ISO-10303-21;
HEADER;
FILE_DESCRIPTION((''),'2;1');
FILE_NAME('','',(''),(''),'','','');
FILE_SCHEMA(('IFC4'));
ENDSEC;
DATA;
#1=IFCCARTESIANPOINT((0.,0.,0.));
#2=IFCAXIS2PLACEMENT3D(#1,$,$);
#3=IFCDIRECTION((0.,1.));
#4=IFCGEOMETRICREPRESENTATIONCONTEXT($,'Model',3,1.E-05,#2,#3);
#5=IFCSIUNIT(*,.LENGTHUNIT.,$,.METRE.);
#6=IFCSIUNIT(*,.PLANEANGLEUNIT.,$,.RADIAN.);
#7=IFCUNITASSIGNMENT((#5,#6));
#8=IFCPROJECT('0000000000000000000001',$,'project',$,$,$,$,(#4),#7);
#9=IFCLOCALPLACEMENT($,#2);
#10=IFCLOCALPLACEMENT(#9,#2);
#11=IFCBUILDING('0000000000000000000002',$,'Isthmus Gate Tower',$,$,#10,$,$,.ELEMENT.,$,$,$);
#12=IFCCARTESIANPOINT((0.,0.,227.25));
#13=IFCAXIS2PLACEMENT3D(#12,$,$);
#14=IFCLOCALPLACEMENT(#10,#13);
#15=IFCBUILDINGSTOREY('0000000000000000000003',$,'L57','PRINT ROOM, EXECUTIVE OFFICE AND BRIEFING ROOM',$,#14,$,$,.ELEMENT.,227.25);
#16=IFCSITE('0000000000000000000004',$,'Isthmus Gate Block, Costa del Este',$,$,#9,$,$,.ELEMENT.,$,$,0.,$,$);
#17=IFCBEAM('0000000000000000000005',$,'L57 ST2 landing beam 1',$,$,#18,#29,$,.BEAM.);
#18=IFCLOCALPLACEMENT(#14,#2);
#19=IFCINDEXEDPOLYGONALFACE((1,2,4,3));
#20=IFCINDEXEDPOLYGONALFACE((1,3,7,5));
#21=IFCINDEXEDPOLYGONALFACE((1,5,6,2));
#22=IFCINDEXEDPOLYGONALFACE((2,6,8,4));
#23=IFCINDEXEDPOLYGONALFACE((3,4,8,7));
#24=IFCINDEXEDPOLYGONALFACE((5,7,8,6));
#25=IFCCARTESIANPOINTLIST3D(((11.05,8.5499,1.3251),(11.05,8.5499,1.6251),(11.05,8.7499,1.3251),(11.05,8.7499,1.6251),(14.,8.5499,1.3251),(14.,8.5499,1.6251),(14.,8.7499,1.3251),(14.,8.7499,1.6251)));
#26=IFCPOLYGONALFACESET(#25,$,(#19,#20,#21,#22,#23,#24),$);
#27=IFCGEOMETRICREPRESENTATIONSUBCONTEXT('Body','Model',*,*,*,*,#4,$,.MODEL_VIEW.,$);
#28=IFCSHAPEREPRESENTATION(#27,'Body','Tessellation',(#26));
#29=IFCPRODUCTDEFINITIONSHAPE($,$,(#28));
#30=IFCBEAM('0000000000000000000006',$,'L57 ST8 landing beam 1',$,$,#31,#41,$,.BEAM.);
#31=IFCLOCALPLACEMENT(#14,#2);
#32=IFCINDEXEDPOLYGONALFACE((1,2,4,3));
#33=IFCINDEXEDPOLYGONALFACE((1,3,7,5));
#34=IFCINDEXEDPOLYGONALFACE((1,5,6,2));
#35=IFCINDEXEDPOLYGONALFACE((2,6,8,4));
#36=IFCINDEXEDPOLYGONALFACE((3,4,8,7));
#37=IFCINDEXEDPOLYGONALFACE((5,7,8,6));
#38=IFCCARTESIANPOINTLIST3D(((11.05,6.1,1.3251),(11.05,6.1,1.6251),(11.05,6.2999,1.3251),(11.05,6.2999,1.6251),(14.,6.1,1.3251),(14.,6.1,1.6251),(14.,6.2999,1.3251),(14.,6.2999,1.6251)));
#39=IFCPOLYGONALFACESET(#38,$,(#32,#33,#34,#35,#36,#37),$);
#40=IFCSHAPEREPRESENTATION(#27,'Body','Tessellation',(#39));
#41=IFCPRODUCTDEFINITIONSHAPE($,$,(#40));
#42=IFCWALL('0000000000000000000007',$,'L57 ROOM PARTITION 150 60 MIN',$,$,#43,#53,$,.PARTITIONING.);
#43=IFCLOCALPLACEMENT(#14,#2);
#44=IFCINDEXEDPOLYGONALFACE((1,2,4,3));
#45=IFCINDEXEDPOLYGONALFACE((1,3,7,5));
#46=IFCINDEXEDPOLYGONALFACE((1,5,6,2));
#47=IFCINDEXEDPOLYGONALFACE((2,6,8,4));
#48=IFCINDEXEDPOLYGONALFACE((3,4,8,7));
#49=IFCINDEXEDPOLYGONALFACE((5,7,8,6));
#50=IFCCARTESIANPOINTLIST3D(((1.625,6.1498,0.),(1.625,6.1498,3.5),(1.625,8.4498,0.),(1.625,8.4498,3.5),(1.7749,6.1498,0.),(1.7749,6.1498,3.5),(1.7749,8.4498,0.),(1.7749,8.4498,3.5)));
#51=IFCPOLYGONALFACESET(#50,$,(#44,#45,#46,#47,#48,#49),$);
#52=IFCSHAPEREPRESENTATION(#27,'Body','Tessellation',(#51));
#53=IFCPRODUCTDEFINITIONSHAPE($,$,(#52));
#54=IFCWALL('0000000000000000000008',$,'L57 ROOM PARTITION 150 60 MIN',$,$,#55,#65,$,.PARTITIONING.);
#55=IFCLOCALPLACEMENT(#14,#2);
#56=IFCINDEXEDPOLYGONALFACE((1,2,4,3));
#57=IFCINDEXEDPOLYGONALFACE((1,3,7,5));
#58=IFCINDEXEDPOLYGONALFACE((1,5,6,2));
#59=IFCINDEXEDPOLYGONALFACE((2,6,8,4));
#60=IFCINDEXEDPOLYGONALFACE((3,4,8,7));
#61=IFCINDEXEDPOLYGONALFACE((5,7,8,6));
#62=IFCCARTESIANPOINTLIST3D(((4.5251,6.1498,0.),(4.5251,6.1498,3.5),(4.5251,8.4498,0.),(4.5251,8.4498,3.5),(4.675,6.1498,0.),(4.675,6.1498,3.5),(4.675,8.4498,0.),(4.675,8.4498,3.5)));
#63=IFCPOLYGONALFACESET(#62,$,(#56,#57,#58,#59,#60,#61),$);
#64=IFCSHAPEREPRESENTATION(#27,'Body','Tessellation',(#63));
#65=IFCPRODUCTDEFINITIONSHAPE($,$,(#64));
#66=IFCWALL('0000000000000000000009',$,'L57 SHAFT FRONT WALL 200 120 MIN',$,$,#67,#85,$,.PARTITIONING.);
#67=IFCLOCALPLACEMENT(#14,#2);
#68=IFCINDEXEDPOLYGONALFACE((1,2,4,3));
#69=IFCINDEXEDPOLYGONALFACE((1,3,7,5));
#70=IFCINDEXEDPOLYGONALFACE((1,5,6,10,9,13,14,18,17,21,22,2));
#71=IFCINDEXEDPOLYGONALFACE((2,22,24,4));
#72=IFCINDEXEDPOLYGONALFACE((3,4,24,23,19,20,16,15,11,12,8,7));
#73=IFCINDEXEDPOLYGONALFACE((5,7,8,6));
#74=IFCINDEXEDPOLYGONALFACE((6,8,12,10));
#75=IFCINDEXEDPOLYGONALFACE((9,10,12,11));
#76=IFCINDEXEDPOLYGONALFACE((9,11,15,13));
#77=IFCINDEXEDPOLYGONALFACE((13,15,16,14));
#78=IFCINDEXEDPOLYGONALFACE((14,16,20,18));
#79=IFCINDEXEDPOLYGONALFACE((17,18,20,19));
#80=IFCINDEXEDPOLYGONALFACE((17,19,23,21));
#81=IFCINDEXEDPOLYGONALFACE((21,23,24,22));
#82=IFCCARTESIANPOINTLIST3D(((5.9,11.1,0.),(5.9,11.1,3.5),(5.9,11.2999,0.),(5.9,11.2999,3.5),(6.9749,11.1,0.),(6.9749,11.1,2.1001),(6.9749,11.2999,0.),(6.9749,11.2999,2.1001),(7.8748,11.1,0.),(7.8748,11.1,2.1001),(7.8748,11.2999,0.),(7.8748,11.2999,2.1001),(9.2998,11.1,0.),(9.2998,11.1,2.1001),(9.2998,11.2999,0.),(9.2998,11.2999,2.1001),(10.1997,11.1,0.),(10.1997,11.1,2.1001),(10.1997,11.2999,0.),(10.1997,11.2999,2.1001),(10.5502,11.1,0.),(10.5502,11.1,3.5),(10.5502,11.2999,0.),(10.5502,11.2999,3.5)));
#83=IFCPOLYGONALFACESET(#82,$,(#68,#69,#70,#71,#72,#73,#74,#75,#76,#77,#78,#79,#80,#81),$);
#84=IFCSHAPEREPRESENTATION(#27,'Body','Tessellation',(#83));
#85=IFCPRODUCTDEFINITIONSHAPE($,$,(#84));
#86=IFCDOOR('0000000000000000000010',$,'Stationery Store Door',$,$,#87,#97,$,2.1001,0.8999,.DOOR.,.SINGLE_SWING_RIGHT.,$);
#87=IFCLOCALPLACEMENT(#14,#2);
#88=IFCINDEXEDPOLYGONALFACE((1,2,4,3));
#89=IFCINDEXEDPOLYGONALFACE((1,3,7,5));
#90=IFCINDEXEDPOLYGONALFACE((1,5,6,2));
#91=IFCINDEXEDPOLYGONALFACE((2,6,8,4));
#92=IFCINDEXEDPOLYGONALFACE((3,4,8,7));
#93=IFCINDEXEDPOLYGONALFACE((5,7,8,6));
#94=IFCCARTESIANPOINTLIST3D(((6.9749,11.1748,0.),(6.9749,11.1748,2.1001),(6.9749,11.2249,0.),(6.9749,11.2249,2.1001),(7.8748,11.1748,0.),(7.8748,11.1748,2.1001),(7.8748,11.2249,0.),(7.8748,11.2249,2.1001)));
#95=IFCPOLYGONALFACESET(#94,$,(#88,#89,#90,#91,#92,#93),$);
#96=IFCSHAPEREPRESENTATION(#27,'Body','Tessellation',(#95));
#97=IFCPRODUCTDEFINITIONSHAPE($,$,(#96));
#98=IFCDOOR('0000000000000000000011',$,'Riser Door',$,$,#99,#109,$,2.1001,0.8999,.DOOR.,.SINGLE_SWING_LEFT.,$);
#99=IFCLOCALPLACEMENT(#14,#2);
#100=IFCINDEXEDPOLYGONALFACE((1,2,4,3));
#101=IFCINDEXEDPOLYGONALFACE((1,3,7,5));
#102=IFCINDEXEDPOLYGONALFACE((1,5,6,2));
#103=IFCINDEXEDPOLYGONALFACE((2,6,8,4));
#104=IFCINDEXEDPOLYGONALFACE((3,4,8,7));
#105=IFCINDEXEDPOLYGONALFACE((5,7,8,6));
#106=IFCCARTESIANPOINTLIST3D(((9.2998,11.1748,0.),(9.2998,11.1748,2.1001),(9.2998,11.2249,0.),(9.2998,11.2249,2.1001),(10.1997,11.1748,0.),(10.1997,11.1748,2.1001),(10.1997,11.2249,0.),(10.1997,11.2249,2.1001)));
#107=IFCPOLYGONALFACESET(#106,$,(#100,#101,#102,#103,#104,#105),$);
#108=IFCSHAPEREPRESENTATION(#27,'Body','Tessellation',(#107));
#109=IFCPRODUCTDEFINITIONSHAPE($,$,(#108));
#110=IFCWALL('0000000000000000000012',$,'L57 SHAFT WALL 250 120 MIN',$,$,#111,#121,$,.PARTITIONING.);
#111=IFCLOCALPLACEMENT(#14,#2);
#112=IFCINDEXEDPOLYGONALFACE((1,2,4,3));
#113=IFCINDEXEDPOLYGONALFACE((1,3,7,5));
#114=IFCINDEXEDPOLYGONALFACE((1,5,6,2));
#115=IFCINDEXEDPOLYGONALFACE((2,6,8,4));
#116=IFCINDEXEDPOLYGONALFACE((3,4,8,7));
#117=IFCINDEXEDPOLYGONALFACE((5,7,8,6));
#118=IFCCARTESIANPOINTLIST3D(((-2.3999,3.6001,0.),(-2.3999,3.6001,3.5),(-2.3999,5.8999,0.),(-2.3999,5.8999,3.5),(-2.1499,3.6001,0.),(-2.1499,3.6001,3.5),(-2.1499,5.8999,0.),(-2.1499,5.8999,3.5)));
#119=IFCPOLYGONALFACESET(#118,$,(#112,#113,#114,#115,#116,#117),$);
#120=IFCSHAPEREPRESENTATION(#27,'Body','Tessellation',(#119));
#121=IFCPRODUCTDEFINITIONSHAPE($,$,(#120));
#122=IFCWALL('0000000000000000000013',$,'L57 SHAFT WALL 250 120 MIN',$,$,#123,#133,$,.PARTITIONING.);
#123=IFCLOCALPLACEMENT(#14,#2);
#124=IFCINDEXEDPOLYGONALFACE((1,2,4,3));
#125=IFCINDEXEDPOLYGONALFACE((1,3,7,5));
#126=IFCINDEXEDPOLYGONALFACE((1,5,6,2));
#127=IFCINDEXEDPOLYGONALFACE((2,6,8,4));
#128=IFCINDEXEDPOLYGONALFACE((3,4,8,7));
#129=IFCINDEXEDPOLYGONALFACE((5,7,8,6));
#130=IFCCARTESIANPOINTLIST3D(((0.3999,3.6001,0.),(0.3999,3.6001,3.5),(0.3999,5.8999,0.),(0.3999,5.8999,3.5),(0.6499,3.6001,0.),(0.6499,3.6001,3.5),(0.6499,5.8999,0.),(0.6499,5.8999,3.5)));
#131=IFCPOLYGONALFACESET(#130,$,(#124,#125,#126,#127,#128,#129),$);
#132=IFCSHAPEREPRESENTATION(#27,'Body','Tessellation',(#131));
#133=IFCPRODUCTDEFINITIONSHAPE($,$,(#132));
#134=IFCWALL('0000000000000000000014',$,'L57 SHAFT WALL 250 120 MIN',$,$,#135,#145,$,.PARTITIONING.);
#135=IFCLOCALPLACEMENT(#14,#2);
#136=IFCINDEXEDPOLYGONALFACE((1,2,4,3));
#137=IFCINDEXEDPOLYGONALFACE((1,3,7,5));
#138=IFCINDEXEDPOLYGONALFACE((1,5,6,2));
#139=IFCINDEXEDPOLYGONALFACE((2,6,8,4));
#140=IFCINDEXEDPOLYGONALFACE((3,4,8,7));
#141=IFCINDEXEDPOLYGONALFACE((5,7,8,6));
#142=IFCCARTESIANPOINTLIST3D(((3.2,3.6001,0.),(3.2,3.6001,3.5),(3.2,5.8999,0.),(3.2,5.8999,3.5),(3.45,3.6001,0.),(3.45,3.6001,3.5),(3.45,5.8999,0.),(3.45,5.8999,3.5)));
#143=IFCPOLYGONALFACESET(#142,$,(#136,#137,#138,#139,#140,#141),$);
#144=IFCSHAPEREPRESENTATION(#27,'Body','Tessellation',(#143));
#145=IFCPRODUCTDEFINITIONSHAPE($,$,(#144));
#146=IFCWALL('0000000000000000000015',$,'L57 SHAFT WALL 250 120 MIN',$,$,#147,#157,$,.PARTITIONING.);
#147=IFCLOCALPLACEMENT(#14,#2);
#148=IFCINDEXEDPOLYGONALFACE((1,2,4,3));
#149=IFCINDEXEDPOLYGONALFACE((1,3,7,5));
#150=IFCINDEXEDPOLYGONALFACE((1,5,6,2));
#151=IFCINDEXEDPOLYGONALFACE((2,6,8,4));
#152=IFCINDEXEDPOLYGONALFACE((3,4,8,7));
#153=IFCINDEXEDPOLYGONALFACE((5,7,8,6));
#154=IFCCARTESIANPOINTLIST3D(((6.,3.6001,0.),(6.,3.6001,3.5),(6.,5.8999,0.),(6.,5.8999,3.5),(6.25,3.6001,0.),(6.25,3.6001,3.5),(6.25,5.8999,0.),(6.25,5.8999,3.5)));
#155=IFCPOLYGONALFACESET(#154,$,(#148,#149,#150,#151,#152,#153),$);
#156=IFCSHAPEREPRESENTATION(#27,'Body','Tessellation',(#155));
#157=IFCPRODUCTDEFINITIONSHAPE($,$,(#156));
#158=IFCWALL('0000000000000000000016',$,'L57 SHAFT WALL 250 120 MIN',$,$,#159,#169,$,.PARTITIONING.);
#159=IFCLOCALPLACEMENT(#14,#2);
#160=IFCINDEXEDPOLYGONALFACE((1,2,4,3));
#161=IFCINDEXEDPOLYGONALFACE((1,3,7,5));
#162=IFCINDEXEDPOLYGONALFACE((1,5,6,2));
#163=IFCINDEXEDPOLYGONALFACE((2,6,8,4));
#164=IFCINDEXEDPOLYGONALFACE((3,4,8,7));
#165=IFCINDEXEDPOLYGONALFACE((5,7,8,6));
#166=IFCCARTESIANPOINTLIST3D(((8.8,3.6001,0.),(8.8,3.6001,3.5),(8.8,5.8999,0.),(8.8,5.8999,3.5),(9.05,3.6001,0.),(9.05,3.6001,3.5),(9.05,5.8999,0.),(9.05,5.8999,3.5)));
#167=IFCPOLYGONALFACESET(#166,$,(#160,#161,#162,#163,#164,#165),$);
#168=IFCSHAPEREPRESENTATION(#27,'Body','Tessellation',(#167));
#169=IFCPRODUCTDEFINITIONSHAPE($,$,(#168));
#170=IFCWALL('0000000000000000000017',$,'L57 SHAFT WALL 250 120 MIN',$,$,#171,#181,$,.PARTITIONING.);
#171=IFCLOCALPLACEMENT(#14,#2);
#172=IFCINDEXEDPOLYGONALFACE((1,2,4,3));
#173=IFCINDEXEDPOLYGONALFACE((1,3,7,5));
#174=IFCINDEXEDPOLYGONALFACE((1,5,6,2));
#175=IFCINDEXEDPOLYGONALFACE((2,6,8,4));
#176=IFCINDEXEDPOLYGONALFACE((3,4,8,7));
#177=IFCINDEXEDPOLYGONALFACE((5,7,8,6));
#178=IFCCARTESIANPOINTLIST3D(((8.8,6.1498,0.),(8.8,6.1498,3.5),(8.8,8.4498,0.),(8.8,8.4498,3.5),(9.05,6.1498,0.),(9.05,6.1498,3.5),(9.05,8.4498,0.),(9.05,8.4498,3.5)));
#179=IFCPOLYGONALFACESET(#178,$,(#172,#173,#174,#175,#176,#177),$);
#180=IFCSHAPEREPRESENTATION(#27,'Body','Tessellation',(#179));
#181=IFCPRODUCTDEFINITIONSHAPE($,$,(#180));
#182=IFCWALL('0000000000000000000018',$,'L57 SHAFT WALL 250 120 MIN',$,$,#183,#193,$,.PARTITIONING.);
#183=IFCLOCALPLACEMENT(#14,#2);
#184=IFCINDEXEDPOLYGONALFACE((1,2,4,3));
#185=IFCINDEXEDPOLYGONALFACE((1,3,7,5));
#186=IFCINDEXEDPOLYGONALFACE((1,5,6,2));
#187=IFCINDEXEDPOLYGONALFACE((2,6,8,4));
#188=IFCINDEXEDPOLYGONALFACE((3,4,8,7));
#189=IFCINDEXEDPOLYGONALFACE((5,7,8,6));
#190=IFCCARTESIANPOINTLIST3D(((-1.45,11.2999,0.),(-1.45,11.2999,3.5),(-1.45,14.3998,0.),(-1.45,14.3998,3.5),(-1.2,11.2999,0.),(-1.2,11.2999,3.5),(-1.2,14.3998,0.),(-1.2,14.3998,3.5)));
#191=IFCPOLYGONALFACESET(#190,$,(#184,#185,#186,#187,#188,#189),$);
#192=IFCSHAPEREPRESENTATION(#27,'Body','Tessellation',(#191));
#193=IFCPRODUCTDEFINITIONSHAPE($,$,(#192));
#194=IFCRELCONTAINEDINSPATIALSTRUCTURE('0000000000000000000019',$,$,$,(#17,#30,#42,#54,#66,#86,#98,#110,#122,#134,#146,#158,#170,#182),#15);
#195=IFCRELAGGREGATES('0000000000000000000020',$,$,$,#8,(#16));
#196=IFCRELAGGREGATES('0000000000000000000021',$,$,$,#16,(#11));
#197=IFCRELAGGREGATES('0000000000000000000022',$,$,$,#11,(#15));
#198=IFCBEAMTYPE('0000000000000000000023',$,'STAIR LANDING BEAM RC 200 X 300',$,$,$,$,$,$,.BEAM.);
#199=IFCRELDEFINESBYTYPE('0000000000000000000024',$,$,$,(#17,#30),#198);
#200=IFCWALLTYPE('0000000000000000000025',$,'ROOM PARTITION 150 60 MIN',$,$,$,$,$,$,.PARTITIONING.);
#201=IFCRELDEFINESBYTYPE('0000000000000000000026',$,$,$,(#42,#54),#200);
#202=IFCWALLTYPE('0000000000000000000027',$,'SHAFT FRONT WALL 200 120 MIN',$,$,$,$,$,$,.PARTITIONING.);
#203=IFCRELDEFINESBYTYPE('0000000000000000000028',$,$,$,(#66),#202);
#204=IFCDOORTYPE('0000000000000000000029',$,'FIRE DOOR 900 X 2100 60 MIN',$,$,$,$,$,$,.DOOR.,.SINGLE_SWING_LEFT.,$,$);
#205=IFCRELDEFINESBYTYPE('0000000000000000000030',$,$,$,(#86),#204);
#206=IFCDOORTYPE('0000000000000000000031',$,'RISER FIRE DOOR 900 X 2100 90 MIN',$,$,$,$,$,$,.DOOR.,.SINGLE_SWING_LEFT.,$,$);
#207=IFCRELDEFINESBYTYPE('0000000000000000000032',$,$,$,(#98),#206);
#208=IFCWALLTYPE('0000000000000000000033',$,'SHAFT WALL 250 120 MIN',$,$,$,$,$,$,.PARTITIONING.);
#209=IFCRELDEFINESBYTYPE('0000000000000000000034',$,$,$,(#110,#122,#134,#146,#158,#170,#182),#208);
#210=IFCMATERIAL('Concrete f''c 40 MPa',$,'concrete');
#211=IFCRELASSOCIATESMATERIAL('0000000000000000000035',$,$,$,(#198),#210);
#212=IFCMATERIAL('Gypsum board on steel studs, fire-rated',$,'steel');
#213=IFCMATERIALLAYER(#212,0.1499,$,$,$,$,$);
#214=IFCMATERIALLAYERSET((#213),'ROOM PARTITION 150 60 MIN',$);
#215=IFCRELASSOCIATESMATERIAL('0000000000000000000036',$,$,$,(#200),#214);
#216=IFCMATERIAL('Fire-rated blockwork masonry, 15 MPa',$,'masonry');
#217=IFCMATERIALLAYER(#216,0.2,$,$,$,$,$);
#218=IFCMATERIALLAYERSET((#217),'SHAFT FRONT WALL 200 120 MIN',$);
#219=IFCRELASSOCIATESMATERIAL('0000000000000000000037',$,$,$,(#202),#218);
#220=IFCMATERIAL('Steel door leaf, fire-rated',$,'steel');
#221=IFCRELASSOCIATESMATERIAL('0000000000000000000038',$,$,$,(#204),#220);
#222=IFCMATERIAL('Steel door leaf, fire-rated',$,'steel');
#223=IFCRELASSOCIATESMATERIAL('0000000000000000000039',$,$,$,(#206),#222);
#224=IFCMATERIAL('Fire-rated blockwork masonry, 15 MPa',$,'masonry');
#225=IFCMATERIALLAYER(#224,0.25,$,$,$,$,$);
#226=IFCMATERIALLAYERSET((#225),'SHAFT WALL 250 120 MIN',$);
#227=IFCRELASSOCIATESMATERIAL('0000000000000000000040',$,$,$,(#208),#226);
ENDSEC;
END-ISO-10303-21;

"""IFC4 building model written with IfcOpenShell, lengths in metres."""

from ifc_helpers import new_model, si_unit, direction, frame, frame_2d, origin, origin_2d, place, context, subcontext, project, spatial, rectangle, extrude, material, layer, layer_set, material_profile, profile_set, type_object, element, fill, save


model = new_model("IFC4")

# Units and contexts
model_context = context("Model", 3, precision=1e-05, world=origin(), true_north=direction((0.0, 1.0)))
body_context = subcontext(model_context, "Body", "Model", "MODEL_VIEW")
ifc_project = project(units=[si_unit("LENGTHUNIT", "METRE"), si_unit("PLANEANGLEUNIT", "RADIAN")], contexts=[model_context])

# Site, building, storey
site_placement = place(None, origin())
site = spatial("IfcSite", under=ifc_project, at=site_placement, Name="Isthmus Gate Block, Costa del Este", CompositionType="ELEMENT", RefElevation=0.0)
building_placement = place(site_placement, origin())
building = spatial("IfcBuilding", under=site, at=building_placement, Name="Isthmus Gate Tower", CompositionType="ELEMENT")
storey_placement = place(building_placement, frame((0.0, 0.0, 227.25)))
storey = spatial("IfcBuildingStorey", under=building, at=storey_placement, Name="L57", Description="PRINT ROOM, EXECUTIVE OFFICE AND BRIEFING ROOM", CompositionType="ELEMENT", Elevation=227.25)

# Beams
ifc_material_1 = material(Name="Concrete f'c 40 MPa", Category="concrete")
ifc_material_profile = material_profile(ifc_material_1, rectangle(XDim=0.2, YDim=0.3, at=origin_2d()), Name="STAIR LANDING BEAM RC 200 X 300")
ifc_profile_set = profile_set([ifc_material_profile], Name="Concrete f'c 40 MPa")
beam_type = type_object("IfcBeamType", Name="STAIR LANDING BEAM RC 200 X 300", PredefinedType="BEAM", material=ifc_profile_set)
for number, where, z_axis, x_axis, name in (
    (1, (11.05, 8.6499, 1.4751), (1.0, 0.0, 0.0), (0.0, 1.0, 0.0), "L57 ST2 landing beam 1"),
    (2, (11.05, 6.2, 1.4751), (1.0, 0.0, 0.0), (0.0, 1.0, 0.0), "L57 ST8 landing beam 1"),
):
    element("IfcBeam", number, at=place(storey_placement, frame(where, z_axis=z_axis, x_axis=x_axis)), inside=storey, type_object=beam_type, Name=name, PredefinedType="BEAM", context=body_context, shape_type="SweptSolid", body=[
        extrude(rectangle(XDim=0.2, YDim=0.3, at=origin_2d()), origin(), (0.0, 0.0, 1.0), 2.95),
    ])

# Walls
ifc_material_2 = material(Name="Gypsum board on steel studs, fire-rated", Category="steel")
ifc_layer_1 = layer(ifc_material_2, 0.1499)
ifc_layer_set_1 = layer_set([ifc_layer_1], Name="ROOM PARTITION 150 60 MIN")
wall_type_1 = type_object("IfcWallType", Name="ROOM PARTITION 150 60 MIN", PredefinedType="PARTITIONING", material=ifc_layer_set_1)
for number, where, z_axis, x_axis, name in (
    (3, (1.7, 6.1499, 0.0), (0.0, 0.0, 1.0), (0.0, 1.0, 0.0), "L57 ROOM PARTITION 150 60 MIN"),
    (4, (4.6001, 6.1499, 0.0), (0.0, 0.0, 1.0), (0.0, 1.0, 0.0), "L57 ROOM PARTITION 150 60 MIN"),
):
    element("IfcWall", number, at=place(storey_placement, frame(where, z_axis=z_axis, x_axis=x_axis)), inside=storey, type_object=wall_type_1, Name=name, PredefinedType="PARTITIONING", context=body_context, shape_type="SweptSolid", body=[
        extrude(rectangle(XDim=2.3, YDim=0.1499, at=frame_2d((1.1499, 0.0))), origin(), (0.0, 0.0, 1.0), 3.5),
    ])

# Wall, openings, doors
ifc_material_3 = material(Name="Fire-rated blockwork masonry, 15 MPa", Category="masonry")
ifc_layer_2 = layer(ifc_material_3, 0.2)
ifc_layer_set_2 = layer_set([ifc_layer_2], Name="SHAFT FRONT WALL 200 120 MIN")
wall_type_2 = type_object("IfcWallType", Name="SHAFT FRONT WALL 200 120 MIN", PredefinedType="PARTITIONING", material=ifc_layer_set_2)
wall_1_placement = place(storey_placement, frame((5.8999, 11.2, 0.0), z_axis=(0.0, 0.0, 1.0), x_axis=(1.0, 0.0, 0.0)))
wall_1 = element("IfcWall", 5, at=wall_1_placement, inside=storey, type_object=wall_type_2, Name="L57 SHAFT FRONT WALL 200 120 MIN", PredefinedType="PARTITIONING", context=body_context, shape_type="SweptSolid", body=[
    extrude(rectangle(XDim=4.6501, YDim=0.2, at=frame_2d((2.3252, 0.0))), origin(), (0.0, 0.0, 1.0), 3.5),
])
opening_1_placement = place(wall_1_placement, frame((1.075, 0.0, 0.0)))
opening_1 = element("IfcOpeningElement", 6, at=opening_1_placement, cuts=wall_1, PredefinedType="OPENING", context=body_context, shape_type="SweptSolid", body=[
    extrude(rectangle(XDim=0.8999, YDim=2.1001, at=frame_2d((0.45, 1.05))), frame((0.0, 0.1099, 0.0), z_axis=(0.0, -1.0, 0.0), x_axis=(1.0, 0.0, 0.0)), (0.0, 0.0, 1.0), 0.22),
])
opening_2_placement = place(wall_1_placement, frame((3.3999, 0.0, 0.0)))
opening_2 = element("IfcOpeningElement", 7, at=opening_2_placement, cuts=wall_1, PredefinedType="OPENING", context=body_context, shape_type="SweptSolid", body=[
    extrude(rectangle(XDim=0.8999, YDim=2.1001, at=frame_2d((0.45, 1.05))), frame((0.0, 0.1099, 0.0), z_axis=(0.0, -1.0, 0.0), x_axis=(1.0, 0.0, 0.0)), (0.0, 0.0, 1.0), 0.22),
])
ifc_material_4 = material(Name="Steel door leaf, fire-rated", Category="steel")
door_type_1 = type_object("IfcDoorType", Name="FIRE DOOR 900 X 2100 60 MIN", OperationType="SINGLE_SWING_LEFT", PredefinedType="DOOR", material=ifc_material_4)
door_1_placement = place(opening_1_placement, origin())
door_1 = element("IfcDoor", 8, at=door_1_placement, inside=storey, type_object=door_type_1, Name="Stationery Store Door", OperationType="SINGLE_SWING_RIGHT", OverallHeight=2.1001, OverallWidth=0.8999, PredefinedType="DOOR", context=body_context, shape_type="SweptSolid", body=[
    extrude(rectangle(XDim=0.8999, YDim=2.1001, at=frame_2d((0.45, 1.05))), frame((0.0, 0.0249, 0.0), z_axis=(0.0, -1.0, 0.0), x_axis=(1.0, 0.0, 0.0)), (0.0, 0.0, 1.0), 0.05),
])
fill(opening_1, door_1)
ifc_material_5 = material(Name="Steel door leaf, fire-rated", Category="steel")
door_type_2 = type_object("IfcDoorType", Name="RISER FIRE DOOR 900 X 2100 90 MIN", OperationType="SINGLE_SWING_LEFT", PredefinedType="DOOR", material=ifc_material_5)
door_2_placement = place(opening_2_placement, origin())
door_2 = element("IfcDoor", 9, at=door_2_placement, inside=storey, type_object=door_type_2, Name="Riser Door", OperationType="SINGLE_SWING_LEFT", OverallHeight=2.1001, OverallWidth=0.8999, PredefinedType="DOOR", context=body_context, shape_type="SweptSolid", body=[
    extrude(rectangle(XDim=0.8999, YDim=2.1001, at=frame_2d((0.45, 1.05))), frame((0.0, 0.0249, 0.0), z_axis=(0.0, -1.0, 0.0), x_axis=(1.0, 0.0, 0.0)), (0.0, 0.0, 1.0), 0.05),
])
fill(opening_2, door_2)

# Walls
ifc_material_6 = material(Name="Fire-rated blockwork masonry, 15 MPa", Category="masonry")
ifc_layer_3 = layer(ifc_material_6, 0.25)
ifc_layer_set_3 = layer_set([ifc_layer_3], Name="SHAFT WALL 250 120 MIN")
wall_type_3 = type_object("IfcWallType", Name="SHAFT WALL 250 120 MIN", PredefinedType="PARTITIONING", material=ifc_layer_set_3)
for number, where, z_axis, x_axis, name in (
    (10, (-2.2749, 3.6001, 0.0), (0.0, 0.0, 1.0), (0.0, 1.0, 0.0), "L57 SHAFT WALL 250 120 MIN"),
    (11, (0.5249, 3.6001, 0.0), (0.0, 0.0, 1.0), (0.0, 1.0, 0.0), "L57 SHAFT WALL 250 120 MIN"),
    (12, (3.325, 3.6001, 0.0), (0.0, 0.0, 1.0), (0.0, 1.0, 0.0), "L57 SHAFT WALL 250 120 MIN"),
    (13, (6.125, 3.6001, 0.0), (0.0, 0.0, 1.0), (0.0, 1.0, 0.0), "L57 SHAFT WALL 250 120 MIN"),
    (14, (8.925, 3.6001, 0.0), (0.0, 0.0, 1.0), (0.0, 1.0, 0.0), "L57 SHAFT WALL 250 120 MIN"),
):
    element("IfcWall", number, at=place(storey_placement, frame(where, z_axis=z_axis, x_axis=x_axis)), inside=storey, type_object=wall_type_3, Name=name, PredefinedType="PARTITIONING", context=body_context, shape_type="SweptSolid", body=[
        extrude(rectangle(XDim=2.2998, YDim=0.25, at=frame_2d((1.1499, 0.0))), origin(), (0.0, 0.0, 1.0), 3.5),
    ])
wall_2_placement = place(storey_placement, frame((8.925, 6.1499, 0.0), z_axis=(0.0, 0.0, 1.0), x_axis=(0.0, 1.0, 0.0)))
element("IfcWall", 15, at=wall_2_placement, inside=storey, type_object=wall_type_3, Name="L57 SHAFT WALL 250 120 MIN", PredefinedType="PARTITIONING", context=body_context, shape_type="SweptSolid", body=[
    extrude(rectangle(XDim=2.3, YDim=0.25, at=frame_2d((1.1499, 0.0))), origin(), (0.0, 0.0, 1.0), 3.5),
])
for number, where, z_axis, x_axis, name in (
    (16, (-1.325, 11.3, 0.0), (0.0, 0.0, 1.0), (0.0, 1.0, 0.0), "L57 SHAFT WALL 250 120 MIN"),
):
    element("IfcWall", number, at=place(storey_placement, frame(where, z_axis=z_axis, x_axis=x_axis)), inside=storey, type_object=wall_type_3, Name=name, PredefinedType="PARTITIONING", context=body_context, shape_type="SweptSolid", body=[
        extrude(rectangle(XDim=3.0999, YDim=0.25, at=frame_2d((1.5498, 0.0))), origin(), (0.0, 0.0, 1.0), 3.5),
    ])

save(model, "model.ifc")
